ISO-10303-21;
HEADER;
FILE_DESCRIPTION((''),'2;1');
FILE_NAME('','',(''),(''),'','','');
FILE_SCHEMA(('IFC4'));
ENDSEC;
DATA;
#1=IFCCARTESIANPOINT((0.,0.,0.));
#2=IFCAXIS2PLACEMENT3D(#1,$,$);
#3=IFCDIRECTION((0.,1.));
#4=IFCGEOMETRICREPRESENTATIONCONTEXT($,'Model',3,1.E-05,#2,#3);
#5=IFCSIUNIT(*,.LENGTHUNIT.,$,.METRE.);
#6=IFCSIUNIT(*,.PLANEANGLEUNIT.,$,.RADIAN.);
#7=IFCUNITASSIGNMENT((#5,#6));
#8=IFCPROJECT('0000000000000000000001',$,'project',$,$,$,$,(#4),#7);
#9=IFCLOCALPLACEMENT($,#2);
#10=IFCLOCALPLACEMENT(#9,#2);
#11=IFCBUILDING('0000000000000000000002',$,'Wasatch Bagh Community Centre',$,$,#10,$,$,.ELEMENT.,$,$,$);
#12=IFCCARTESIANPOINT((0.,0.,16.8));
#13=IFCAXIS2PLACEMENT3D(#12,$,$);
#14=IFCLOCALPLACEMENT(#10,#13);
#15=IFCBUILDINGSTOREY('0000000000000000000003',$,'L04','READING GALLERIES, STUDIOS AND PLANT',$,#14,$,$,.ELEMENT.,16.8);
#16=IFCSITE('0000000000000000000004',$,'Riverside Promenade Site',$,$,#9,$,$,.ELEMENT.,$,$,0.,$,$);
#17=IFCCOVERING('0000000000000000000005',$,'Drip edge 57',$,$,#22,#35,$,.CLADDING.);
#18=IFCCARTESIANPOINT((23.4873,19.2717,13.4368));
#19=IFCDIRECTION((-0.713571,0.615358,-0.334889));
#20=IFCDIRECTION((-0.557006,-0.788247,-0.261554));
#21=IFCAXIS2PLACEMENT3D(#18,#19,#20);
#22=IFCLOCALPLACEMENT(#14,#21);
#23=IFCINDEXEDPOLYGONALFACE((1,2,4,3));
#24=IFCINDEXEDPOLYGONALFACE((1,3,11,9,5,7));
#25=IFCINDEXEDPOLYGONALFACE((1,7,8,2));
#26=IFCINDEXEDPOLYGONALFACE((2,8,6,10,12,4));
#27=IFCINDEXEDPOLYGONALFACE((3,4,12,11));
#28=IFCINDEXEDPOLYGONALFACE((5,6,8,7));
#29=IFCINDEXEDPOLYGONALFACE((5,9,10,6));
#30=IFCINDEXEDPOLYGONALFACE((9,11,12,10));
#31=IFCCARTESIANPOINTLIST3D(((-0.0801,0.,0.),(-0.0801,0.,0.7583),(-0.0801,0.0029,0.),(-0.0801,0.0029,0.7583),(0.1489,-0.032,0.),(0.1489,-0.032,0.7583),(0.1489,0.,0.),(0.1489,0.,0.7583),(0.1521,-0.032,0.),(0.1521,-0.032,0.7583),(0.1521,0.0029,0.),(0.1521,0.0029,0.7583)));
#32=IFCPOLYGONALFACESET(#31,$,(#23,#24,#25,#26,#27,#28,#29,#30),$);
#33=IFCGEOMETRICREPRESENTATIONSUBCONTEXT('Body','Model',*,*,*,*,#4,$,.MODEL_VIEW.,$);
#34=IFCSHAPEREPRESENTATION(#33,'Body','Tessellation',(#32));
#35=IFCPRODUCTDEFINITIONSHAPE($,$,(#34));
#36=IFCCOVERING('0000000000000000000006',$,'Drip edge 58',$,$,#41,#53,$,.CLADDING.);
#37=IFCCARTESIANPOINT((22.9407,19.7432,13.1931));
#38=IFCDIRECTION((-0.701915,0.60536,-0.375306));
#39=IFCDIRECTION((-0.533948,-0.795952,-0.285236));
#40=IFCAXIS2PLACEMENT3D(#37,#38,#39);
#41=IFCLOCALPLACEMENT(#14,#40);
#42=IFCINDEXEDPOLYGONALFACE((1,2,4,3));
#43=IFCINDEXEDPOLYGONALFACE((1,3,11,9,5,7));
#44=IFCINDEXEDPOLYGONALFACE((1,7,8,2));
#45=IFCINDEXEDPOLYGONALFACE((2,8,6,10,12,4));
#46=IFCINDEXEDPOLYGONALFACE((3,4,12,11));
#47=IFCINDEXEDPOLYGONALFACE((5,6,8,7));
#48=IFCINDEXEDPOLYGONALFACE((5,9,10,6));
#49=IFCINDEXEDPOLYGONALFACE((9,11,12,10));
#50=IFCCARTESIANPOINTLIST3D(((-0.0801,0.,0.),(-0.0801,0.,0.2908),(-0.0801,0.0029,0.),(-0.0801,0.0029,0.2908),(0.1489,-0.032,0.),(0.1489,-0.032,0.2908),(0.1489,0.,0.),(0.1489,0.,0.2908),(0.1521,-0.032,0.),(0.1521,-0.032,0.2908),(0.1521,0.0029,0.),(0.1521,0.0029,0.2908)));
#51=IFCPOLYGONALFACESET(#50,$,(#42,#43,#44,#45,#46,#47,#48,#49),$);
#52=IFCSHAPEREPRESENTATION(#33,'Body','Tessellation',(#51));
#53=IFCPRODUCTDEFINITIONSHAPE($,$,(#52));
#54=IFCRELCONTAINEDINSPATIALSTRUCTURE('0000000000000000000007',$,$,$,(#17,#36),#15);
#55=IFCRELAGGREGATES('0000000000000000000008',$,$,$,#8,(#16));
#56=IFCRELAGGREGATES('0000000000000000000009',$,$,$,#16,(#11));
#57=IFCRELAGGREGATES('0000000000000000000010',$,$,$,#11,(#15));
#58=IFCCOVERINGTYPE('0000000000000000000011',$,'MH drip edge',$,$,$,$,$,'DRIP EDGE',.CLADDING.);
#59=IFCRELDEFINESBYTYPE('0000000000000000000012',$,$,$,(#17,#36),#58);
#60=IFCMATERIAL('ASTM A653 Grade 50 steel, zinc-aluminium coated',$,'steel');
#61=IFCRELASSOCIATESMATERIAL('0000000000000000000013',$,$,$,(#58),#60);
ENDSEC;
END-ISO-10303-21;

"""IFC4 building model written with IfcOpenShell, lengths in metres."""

from ifc_helpers import new_model, si_unit, direction, frame, origin, place, context, subcontext, project, spatial, polyline, outline, extrude, material, material_profile, profile_set, type_object, element, save


model = new_model("IFC4")

# Units and contexts
model_context = context("Model", 3, precision=1e-05, world=origin(), true_north=direction((0.0, 1.0)))
body_context = subcontext(model_context, "Body", "Model", "MODEL_VIEW")
ifc_project = project(units=[si_unit("LENGTHUNIT", "METRE"), si_unit("PLANEANGLEUNIT", "RADIAN")], contexts=[model_context])

# Site, building, storey
site_placement = place(None, origin())
site = spatial("IfcSite", under=ifc_project, at=site_placement, Name="Riverside Promenade Site", CompositionType="ELEMENT", RefElevation=0.0)
building_placement = place(site_placement, origin())
building = spatial("IfcBuilding", under=site, at=building_placement, Name="Wasatch Bagh Community Centre", CompositionType="ELEMENT")
storey_placement = place(building_placement, frame((0.0, 0.0, 16.8)))
storey = spatial("IfcBuildingStorey", under=building, at=storey_placement, Name="L04", Description="READING GALLERIES, STUDIOS AND PLANT", CompositionType="ELEMENT", Elevation=16.8)

# Coverings
ifc_material_1 = material(Name="ASTM A653 Grade 50 steel, zinc-aluminium coated", Category="steel")
ifc_material_profile_1 = material_profile(ifc_material_1, outline(polyline([(-0.0801, 0.0029), (0.1521, 0.0029), (0.1521, -0.032), (0.1489, -0.032), (0.1489, 0.0), (-0.0801, 0.0), (-0.0801, 0.0029)])), Name="DRIP EDGE")
ifc_profile_set_1 = profile_set([ifc_material_profile_1], Name="ASTM A653 Grade 50 steel, zinc-aluminium coated")
covering_type_1 = type_object("IfcCoveringType", Name="MH drip edge", ElementType="DRIP EDGE", PredefinedType="CLADDING", material=ifc_profile_set_1)
covering_1_placement = place(storey_placement, frame((23.4873, 19.2717, 13.4368), z_axis=(-0.713571, 0.615358, -0.334889), x_axis=(-0.557006, -0.788247, -0.261554)))
element("IfcCovering", 1, at=covering_1_placement, inside=storey, type_object=covering_type_1, Name="Drip edge 57", PredefinedType="CLADDING", context=body_context, shape_type="SweptSolid", body=[
    extrude(outline(polyline([(-0.0801, 0.0029), (0.1521, 0.0029), (0.1521, -0.032), (0.1489, -0.032), (0.1489, 0.0), (-0.0801, 0.0), (-0.0801, 0.0029)])), origin(), (0.0, 0.0, 1.0), 0.7583),
])
covering_2_placement = place(storey_placement, frame((22.9407, 19.7432, 13.1931), z_axis=(-0.701915, 0.60536, -0.375306), x_axis=(-0.533948, -0.795952, -0.285236)))
element("IfcCovering", 2, at=covering_2_placement, inside=storey, type_object=covering_type_1, Name="Drip edge 58", PredefinedType="CLADDING", context=body_context, shape_type="SweptSolid", body=[
    extrude(outline(polyline([(-0.0801, 0.0029), (0.1521, 0.0029), (0.1521, -0.032), (0.1489, -0.032), (0.1489, 0.0), (-0.0801, 0.0), (-0.0801, 0.0029)])), origin(), (0.0, 0.0, 1.0), 0.2908),
])

save(model, "model.ifc")
